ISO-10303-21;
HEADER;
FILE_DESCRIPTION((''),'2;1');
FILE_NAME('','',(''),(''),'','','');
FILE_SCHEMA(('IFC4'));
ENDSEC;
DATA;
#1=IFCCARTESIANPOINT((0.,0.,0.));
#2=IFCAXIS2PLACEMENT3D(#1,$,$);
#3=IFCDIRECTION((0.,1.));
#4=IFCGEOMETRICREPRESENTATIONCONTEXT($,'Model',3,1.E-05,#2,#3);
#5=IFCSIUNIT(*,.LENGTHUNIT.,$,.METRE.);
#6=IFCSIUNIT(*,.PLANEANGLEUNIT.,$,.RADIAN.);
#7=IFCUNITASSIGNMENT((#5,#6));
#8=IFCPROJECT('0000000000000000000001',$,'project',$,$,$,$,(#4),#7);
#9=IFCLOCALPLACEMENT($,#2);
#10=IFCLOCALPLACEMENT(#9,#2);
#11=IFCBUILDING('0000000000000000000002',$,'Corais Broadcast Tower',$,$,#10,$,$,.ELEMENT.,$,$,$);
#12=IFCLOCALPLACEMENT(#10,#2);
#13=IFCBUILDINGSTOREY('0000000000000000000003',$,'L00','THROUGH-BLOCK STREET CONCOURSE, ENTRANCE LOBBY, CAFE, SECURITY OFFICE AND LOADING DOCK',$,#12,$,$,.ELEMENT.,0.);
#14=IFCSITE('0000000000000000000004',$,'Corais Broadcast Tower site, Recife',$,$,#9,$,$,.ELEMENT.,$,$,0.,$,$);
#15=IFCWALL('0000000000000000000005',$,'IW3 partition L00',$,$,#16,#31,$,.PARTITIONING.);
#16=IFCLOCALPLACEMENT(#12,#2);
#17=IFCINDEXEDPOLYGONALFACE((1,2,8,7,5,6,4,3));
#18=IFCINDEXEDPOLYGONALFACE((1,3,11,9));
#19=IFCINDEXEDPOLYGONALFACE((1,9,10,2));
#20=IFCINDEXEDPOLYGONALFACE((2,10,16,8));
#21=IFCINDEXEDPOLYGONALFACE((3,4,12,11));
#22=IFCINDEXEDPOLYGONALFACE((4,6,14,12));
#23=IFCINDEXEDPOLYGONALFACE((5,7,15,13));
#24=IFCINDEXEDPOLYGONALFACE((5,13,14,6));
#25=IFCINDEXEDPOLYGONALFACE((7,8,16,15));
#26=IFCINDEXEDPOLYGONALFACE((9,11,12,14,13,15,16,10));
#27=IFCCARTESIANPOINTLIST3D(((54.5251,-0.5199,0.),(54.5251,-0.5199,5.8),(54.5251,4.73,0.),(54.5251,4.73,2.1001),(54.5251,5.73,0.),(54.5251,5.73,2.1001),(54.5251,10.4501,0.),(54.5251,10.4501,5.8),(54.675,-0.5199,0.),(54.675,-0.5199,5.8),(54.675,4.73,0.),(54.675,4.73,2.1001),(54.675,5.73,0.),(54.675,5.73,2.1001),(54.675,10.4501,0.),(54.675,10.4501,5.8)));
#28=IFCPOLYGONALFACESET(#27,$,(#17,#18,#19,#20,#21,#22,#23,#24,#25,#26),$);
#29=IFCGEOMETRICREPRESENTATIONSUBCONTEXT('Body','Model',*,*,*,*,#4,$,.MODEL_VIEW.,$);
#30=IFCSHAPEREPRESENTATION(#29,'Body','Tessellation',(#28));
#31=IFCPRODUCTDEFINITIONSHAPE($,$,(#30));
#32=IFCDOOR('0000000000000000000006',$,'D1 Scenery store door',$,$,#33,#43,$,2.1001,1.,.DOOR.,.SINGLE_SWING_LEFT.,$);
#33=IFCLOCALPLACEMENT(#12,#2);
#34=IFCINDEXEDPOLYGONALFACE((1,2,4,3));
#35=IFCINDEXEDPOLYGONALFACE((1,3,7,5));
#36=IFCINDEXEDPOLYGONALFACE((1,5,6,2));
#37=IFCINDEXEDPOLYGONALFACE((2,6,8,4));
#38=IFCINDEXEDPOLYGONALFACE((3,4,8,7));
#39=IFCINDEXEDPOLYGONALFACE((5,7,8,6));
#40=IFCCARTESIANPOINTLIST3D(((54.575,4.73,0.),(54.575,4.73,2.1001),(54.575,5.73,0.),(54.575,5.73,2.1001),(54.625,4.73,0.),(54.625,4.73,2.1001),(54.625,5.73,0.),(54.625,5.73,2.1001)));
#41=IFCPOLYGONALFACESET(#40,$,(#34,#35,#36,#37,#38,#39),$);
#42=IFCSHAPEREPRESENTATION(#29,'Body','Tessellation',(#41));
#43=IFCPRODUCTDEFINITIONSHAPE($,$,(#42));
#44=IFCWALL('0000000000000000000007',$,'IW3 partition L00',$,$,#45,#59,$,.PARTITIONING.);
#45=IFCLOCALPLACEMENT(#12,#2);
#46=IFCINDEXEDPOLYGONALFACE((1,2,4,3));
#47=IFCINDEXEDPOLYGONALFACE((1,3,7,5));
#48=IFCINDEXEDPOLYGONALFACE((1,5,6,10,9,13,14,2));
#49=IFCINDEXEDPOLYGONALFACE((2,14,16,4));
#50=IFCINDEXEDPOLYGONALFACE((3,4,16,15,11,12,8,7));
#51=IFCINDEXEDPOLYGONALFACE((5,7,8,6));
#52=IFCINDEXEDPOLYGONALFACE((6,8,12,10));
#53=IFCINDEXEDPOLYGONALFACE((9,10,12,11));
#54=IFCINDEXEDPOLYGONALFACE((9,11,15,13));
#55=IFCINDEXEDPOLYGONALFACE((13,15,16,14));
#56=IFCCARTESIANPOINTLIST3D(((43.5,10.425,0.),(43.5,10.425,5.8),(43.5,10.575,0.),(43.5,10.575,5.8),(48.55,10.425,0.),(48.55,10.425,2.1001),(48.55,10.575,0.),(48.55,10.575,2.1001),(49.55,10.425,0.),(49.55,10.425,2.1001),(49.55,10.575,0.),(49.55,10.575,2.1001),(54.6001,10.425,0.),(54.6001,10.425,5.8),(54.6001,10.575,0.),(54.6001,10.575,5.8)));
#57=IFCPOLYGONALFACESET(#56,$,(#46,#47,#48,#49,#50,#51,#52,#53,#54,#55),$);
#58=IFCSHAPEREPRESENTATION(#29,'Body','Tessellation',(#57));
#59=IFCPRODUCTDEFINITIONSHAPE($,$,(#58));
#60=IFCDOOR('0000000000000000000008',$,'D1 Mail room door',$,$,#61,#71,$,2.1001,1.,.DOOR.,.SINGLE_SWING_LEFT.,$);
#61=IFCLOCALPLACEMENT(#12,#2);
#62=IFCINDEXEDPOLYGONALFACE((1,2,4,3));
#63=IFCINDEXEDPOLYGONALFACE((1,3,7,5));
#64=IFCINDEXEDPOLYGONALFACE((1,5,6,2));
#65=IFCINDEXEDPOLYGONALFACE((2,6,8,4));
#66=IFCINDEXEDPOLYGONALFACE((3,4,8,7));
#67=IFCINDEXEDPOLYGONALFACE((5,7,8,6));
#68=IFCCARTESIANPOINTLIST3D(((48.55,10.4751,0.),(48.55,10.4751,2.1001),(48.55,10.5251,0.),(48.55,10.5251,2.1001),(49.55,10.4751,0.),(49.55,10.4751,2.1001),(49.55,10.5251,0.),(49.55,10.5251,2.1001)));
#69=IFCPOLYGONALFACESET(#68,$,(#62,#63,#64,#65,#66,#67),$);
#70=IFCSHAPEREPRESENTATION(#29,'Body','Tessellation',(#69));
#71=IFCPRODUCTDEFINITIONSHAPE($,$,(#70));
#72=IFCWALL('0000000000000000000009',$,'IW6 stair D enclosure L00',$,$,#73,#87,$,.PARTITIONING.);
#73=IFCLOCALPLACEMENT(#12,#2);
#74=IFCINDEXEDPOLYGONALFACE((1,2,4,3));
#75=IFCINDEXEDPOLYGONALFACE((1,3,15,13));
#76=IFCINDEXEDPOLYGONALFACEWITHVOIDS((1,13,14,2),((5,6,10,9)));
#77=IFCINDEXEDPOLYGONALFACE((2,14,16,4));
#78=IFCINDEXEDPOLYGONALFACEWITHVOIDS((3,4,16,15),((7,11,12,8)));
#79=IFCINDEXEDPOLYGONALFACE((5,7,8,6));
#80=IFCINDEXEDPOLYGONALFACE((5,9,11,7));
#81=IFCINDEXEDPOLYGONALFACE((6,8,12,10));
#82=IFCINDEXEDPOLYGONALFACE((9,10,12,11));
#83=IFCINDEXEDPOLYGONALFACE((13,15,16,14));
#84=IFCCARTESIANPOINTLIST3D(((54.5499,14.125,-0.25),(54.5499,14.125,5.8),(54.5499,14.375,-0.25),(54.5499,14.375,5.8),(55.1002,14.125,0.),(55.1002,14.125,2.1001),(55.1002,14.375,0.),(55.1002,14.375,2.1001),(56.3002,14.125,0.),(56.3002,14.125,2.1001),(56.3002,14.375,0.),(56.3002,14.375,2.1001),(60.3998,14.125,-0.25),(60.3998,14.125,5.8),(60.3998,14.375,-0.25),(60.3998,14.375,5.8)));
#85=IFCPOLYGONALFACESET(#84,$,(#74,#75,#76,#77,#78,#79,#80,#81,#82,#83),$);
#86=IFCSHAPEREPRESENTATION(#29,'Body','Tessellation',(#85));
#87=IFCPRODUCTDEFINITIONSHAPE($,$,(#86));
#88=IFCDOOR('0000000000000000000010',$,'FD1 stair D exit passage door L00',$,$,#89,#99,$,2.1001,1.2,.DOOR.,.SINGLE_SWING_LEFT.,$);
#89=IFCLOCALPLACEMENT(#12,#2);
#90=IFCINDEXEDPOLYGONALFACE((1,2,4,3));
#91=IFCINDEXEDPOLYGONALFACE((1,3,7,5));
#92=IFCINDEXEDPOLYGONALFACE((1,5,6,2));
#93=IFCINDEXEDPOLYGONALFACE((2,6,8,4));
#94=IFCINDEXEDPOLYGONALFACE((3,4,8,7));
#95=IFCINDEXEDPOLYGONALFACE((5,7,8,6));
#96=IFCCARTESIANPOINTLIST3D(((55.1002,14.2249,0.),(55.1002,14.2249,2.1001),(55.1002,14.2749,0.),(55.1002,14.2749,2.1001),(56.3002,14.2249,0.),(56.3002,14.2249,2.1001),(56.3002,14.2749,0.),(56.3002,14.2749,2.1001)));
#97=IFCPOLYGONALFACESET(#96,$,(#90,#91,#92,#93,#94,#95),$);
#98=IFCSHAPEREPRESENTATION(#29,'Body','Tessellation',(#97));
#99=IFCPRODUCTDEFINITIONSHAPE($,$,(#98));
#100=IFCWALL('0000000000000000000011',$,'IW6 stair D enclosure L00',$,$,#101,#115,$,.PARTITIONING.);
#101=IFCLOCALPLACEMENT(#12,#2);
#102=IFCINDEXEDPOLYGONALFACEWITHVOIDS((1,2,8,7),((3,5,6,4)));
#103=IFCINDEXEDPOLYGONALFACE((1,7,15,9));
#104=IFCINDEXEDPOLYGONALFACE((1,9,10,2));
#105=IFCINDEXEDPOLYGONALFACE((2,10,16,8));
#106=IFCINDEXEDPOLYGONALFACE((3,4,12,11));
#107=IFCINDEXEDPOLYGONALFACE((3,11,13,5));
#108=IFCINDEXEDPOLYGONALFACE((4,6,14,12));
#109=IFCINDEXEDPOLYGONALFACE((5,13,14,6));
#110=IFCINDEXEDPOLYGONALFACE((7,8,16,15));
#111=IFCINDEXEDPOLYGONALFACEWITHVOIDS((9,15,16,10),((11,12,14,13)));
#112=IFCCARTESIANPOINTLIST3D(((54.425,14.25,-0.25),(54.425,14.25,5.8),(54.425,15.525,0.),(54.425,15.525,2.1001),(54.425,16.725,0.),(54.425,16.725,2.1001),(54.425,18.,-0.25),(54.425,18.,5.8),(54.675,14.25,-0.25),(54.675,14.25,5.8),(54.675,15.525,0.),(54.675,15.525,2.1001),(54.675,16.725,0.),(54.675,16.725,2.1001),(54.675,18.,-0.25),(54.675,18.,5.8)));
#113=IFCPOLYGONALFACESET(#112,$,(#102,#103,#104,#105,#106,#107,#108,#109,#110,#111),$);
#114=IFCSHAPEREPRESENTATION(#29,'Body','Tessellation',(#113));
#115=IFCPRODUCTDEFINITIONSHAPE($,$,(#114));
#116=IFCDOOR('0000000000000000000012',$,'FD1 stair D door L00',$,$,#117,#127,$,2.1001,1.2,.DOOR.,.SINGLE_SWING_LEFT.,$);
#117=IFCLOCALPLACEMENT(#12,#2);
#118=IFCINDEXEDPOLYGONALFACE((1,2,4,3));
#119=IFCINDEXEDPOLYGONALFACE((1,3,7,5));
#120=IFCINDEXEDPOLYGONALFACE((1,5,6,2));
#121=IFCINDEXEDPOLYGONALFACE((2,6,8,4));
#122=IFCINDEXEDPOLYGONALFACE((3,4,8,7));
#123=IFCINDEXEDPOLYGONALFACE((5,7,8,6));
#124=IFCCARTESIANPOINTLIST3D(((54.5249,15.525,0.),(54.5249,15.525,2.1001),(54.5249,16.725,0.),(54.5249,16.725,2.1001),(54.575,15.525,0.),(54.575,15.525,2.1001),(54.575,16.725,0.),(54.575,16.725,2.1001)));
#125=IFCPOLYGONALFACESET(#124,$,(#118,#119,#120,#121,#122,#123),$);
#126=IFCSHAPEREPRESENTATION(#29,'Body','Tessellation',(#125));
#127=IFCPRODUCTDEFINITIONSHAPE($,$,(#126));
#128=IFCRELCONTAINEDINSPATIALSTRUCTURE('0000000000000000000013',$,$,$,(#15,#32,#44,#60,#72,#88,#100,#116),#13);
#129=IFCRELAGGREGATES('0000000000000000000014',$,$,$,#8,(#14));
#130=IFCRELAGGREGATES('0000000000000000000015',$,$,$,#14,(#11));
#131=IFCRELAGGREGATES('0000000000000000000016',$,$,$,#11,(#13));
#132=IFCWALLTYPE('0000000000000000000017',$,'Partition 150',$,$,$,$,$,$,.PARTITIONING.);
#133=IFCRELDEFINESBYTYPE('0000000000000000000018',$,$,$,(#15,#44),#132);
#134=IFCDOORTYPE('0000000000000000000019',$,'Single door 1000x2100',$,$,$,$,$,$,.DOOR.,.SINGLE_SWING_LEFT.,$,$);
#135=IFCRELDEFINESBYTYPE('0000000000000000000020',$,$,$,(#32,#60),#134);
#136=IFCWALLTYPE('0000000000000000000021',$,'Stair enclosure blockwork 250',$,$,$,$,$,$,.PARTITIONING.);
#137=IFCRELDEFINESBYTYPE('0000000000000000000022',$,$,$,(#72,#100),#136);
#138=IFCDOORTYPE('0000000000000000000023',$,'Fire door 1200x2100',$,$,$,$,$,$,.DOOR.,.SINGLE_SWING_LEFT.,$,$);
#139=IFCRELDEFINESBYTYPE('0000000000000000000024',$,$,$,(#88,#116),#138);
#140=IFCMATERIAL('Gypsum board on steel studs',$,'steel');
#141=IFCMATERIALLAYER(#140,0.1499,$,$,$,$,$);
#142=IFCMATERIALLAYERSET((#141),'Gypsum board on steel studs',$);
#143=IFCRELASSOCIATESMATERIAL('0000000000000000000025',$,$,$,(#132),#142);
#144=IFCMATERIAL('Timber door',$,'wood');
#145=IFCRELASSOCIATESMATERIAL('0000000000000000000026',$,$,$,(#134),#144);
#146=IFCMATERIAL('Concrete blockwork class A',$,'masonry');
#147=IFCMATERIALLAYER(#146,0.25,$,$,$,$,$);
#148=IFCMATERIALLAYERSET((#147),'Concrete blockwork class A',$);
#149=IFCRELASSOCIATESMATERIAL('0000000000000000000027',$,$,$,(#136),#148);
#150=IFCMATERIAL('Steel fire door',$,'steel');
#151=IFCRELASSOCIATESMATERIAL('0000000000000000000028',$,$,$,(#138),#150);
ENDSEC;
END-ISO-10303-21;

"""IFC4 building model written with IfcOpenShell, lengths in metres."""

from ifc_helpers import new_model, si_unit, direction, frame, frame_2d, origin, place, context, subcontext, project, spatial, rectangle, extrude, material, layer, layer_set, type_object, element, fill, save


model = new_model("IFC4")

# Units and contexts
model_context = context("Model", 3, precision=1e-05, world=origin(), true_north=direction((0.0, 1.0)))
body_context = subcontext(model_context, "Body", "Model", "MODEL_VIEW")
ifc_project = project(units=[si_unit("LENGTHUNIT", "METRE"), si_unit("PLANEANGLEUNIT", "RADIAN")], contexts=[model_context])

# Site, building, storey
site_placement = place(None, origin())
site = spatial("IfcSite", under=ifc_project, at=site_placement, Name="Corais Broadcast Tower site, Recife", CompositionType="ELEMENT", RefElevation=0.0)
building_placement = place(site_placement, origin())
building = spatial("IfcBuilding", under=site, at=building_placement, Name="Corais Broadcast Tower", CompositionType="ELEMENT")
storey_placement = place(building_placement, origin())
storey = spatial("IfcBuildingStorey", under=building, at=storey_placement, Name="L00", Description="THROUGH-BLOCK STREET CONCOURSE, ENTRANCE LOBBY, CAFE, SECURITY OFFICE AND LOADING DOCK", CompositionType="ELEMENT", Elevation=0.0)

# Walls, openings, doors
ifc_material_1 = material(Name="Gypsum board on steel studs", Category="steel")
ifc_layer_1 = layer(ifc_material_1, 0.1499)
ifc_layer_set_1 = layer_set([ifc_layer_1], Name="Gypsum board on steel studs")
wall_type_1 = type_object("IfcWallType", Name="Partition 150", PredefinedType="PARTITIONING", material=ifc_layer_set_1)
wall_1_placement = place(storey_placement, frame((54.6001, 10.45, 0.0), z_axis=(0.0, 0.0, 1.0), x_axis=(0.0, -1.0, 0.0)))
wall_1 = element("IfcWall", 1, at=wall_1_placement, inside=storey, type_object=wall_type_1, Name="IW3 partition L00", PredefinedType="PARTITIONING", context=body_context, shape_type="SweptSolid", body=[
    extrude(rectangle(XDim=10.97, YDim=0.1499, at=frame_2d((5.4849, 0.0))), origin(), (0.0, 0.0, 1.0), 5.8),
])
opening_1_placement = place(wall_1_placement, frame((4.72, 0.0, 0.0)))
opening_1 = element("IfcOpeningElement", 2, at=opening_1_placement, cuts=wall_1, PredefinedType="OPENING", context=body_context, shape_type="SweptSolid", body=[
    extrude(rectangle(XDim=1.0, YDim=2.1001, at=frame_2d((0.5, 1.05))), frame((0.0, 0.085, 0.0), z_axis=(0.0, -1.0, 0.0), x_axis=(1.0, 0.0, 0.0)), (0.0, 0.0, 1.0), 0.1699),
])
ifc_material_2 = material(Name="Timber door", Category="wood")
door_type_1 = type_object("IfcDoorType", Name="Single door 1000x2100", OperationType="SINGLE_SWING_LEFT", PredefinedType="DOOR", material=ifc_material_2)
door_1_placement = place(opening_1_placement, origin())
door_1 = element("IfcDoor", 3, at=door_1_placement, inside=storey, type_object=door_type_1, Name="D1 Scenery store door", OperationType="SINGLE_SWING_LEFT", OverallHeight=2.1001, OverallWidth=1.0, PredefinedType="DOOR", context=body_context, shape_type="SweptSolid", body=[
    extrude(rectangle(XDim=1.0, YDim=2.1001, at=frame_2d((0.5, 1.05))), frame((0.0, 0.0249, 0.0), z_axis=(0.0, -1.0, 0.0), x_axis=(1.0, 0.0, 0.0)), (0.0, 0.0, 1.0), 0.05),
])
fill(opening_1, door_1)
wall_2_placement = place(storey_placement, frame((54.6001, 10.5, 0.0), z_axis=(0.0, 0.0, 1.0), x_axis=(-1.0, 0.0, 0.0)))
wall_2 = element("IfcWall", 4, at=wall_2_placement, inside=storey, type_object=wall_type_1, Name="IW3 partition L00", PredefinedType="PARTITIONING", context=body_context, shape_type="SweptSolid", body=[
    extrude(rectangle(XDim=11.1001, YDim=0.1499, at=frame_2d((5.55, 0.0))), origin(), (0.0, 0.0, 1.0), 5.8),
])
opening_2_placement = place(wall_2_placement, frame((5.05, 0.0, 0.0)))
opening_2 = element("IfcOpeningElement", 5, at=opening_2_placement, cuts=wall_2, PredefinedType="OPENING", context=body_context, shape_type="SweptSolid", body=[
    extrude(rectangle(XDim=1.0, YDim=2.1001, at=frame_2d((0.5, 1.05))), frame((0.0, 0.085, 0.0), z_axis=(0.0, -1.0, 0.0), x_axis=(1.0, 0.0, 0.0)), (0.0, 0.0, 1.0), 0.1699),
])
door_2_placement = place(opening_2_placement, origin())
door_2 = element("IfcDoor", 6, at=door_2_placement, inside=storey, type_object=door_type_1, Name="D1 Mail room door", OperationType="SINGLE_SWING_LEFT", OverallHeight=2.1001, OverallWidth=1.0, PredefinedType="DOOR", context=body_context, shape_type="SweptSolid", body=[
    extrude(rectangle(XDim=1.0, YDim=2.1001, at=frame_2d((0.5, 1.05))), frame((0.0, 0.0249, 0.0), z_axis=(0.0, -1.0, 0.0), x_axis=(1.0, 0.0, 0.0)), (0.0, 0.0, 1.0), 0.05),
])
fill(opening_2, door_2)
ifc_material_3 = material(Name="Concrete blockwork class A", Category="masonry")
ifc_layer_2 = layer(ifc_material_3, 0.25)
ifc_layer_set_2 = layer_set([ifc_layer_2], Name="Concrete blockwork class A")
wall_type_2 = type_object("IfcWallType", Name="Stair enclosure blockwork 250", PredefinedType="PARTITIONING", material=ifc_layer_set_2)
wall_3_placement = place(storey_placement, frame((54.55, 14.25, -0.25), z_axis=(0.0, 0.0, 1.0), x_axis=(1.0, 0.0, 0.0)))
wall_3 = element("IfcWall", 7, at=wall_3_placement, inside=storey, type_object=wall_type_2, Name="IW6 stair D enclosure L00", PredefinedType="PARTITIONING", context=body_context, shape_type="SweptSolid", body=[
    extrude(rectangle(XDim=5.8499, YDim=0.25, at=frame_2d((2.9248, 0.0))), origin(), (0.0, 0.0, 1.0), 6.05),
])
opening_3_placement = place(wall_3_placement, frame((0.55, 0.0, 0.25)))
opening_3 = element("IfcOpeningElement", 8, at=opening_3_placement, cuts=wall_3, PredefinedType="OPENING", context=body_context, shape_type="SweptSolid", body=[
    extrude(rectangle(XDim=1.2, YDim=2.1001, at=frame_2d((0.6001, 1.05))), frame((0.0, 0.135, 0.0), z_axis=(0.0, -1.0, 0.0), x_axis=(1.0, 0.0, 0.0)), (0.0, 0.0, 1.0), 0.27),
])
ifc_material_4 = material(Name="Steel fire door", Category="steel")
door_type_2 = type_object("IfcDoorType", Name="Fire door 1200x2100", OperationType="SINGLE_SWING_LEFT", PredefinedType="DOOR", material=ifc_material_4)
door_3_placement = place(opening_3_placement, origin())
door_3 = element("IfcDoor", 9, at=door_3_placement, inside=storey, type_object=door_type_2, Name="FD1 stair D exit passage door L00", OperationType="SINGLE_SWING_LEFT", OverallHeight=2.1001, OverallWidth=1.2, PredefinedType="DOOR", context=body_context, shape_type="SweptSolid", body=[
    extrude(rectangle(XDim=1.2, YDim=2.1001, at=frame_2d((0.6001, 1.05))), frame((0.0, 0.0249, 0.0), z_axis=(0.0, -1.0, 0.0), x_axis=(1.0, 0.0, 0.0)), (0.0, 0.0, 1.0), 0.05),
])
fill(opening_3, door_3)
wall_4_placement = place(storey_placement, frame((54.55, 18.0, -0.25), z_axis=(0.0, 0.0, 1.0), x_axis=(0.0, -1.0, 0.0)))
wall_4 = element("IfcWall", 10, at=wall_4_placement, inside=storey, type_object=wall_type_2, Name="IW6 stair D enclosure L00", PredefinedType="PARTITIONING", context=body_context, shape_type="SweptSolid", body=[
    extrude(rectangle(XDim=3.75, YDim=0.25, at=frame_2d((1.875, 0.0))), origin(), (0.0, 0.0, 1.0), 6.05),
])
opening_4_placement = place(wall_4_placement, frame((1.2749, 0.0, 0.25)))
opening_4 = element("IfcOpeningElement", 11, at=opening_4_placement, cuts=wall_4, PredefinedType="OPENING", context=body_context, shape_type="SweptSolid", body=[
    extrude(rectangle(XDim=1.2, YDim=2.1001, at=frame_2d((0.6001, 1.05))), frame((0.0, 0.135, 0.0), z_axis=(0.0, -1.0, 0.0), x_axis=(1.0, 0.0, 0.0)), (0.0, 0.0, 1.0), 0.27),
])
door_4_placement = place(opening_4_placement, origin())
door_4 = element("IfcDoor", 12, at=door_4_placement, inside=storey, type_object=door_type_2, Name="FD1 stair D door L00", OperationType="SINGLE_SWING_LEFT", OverallHeight=2.1001, OverallWidth=1.2, PredefinedType="DOOR", context=body_context, shape_type="SweptSolid", body=[
    extrude(rectangle(XDim=1.2, YDim=2.1001, at=frame_2d((0.6001, 1.05))), frame((0.0, 0.0249, 0.0), z_axis=(0.0, -1.0, 0.0), x_axis=(1.0, 0.0, 0.0)), (0.0, 0.0, 1.0), 0.05),
])
fill(opening_4, door_4)

save(model, "model.ifc")
